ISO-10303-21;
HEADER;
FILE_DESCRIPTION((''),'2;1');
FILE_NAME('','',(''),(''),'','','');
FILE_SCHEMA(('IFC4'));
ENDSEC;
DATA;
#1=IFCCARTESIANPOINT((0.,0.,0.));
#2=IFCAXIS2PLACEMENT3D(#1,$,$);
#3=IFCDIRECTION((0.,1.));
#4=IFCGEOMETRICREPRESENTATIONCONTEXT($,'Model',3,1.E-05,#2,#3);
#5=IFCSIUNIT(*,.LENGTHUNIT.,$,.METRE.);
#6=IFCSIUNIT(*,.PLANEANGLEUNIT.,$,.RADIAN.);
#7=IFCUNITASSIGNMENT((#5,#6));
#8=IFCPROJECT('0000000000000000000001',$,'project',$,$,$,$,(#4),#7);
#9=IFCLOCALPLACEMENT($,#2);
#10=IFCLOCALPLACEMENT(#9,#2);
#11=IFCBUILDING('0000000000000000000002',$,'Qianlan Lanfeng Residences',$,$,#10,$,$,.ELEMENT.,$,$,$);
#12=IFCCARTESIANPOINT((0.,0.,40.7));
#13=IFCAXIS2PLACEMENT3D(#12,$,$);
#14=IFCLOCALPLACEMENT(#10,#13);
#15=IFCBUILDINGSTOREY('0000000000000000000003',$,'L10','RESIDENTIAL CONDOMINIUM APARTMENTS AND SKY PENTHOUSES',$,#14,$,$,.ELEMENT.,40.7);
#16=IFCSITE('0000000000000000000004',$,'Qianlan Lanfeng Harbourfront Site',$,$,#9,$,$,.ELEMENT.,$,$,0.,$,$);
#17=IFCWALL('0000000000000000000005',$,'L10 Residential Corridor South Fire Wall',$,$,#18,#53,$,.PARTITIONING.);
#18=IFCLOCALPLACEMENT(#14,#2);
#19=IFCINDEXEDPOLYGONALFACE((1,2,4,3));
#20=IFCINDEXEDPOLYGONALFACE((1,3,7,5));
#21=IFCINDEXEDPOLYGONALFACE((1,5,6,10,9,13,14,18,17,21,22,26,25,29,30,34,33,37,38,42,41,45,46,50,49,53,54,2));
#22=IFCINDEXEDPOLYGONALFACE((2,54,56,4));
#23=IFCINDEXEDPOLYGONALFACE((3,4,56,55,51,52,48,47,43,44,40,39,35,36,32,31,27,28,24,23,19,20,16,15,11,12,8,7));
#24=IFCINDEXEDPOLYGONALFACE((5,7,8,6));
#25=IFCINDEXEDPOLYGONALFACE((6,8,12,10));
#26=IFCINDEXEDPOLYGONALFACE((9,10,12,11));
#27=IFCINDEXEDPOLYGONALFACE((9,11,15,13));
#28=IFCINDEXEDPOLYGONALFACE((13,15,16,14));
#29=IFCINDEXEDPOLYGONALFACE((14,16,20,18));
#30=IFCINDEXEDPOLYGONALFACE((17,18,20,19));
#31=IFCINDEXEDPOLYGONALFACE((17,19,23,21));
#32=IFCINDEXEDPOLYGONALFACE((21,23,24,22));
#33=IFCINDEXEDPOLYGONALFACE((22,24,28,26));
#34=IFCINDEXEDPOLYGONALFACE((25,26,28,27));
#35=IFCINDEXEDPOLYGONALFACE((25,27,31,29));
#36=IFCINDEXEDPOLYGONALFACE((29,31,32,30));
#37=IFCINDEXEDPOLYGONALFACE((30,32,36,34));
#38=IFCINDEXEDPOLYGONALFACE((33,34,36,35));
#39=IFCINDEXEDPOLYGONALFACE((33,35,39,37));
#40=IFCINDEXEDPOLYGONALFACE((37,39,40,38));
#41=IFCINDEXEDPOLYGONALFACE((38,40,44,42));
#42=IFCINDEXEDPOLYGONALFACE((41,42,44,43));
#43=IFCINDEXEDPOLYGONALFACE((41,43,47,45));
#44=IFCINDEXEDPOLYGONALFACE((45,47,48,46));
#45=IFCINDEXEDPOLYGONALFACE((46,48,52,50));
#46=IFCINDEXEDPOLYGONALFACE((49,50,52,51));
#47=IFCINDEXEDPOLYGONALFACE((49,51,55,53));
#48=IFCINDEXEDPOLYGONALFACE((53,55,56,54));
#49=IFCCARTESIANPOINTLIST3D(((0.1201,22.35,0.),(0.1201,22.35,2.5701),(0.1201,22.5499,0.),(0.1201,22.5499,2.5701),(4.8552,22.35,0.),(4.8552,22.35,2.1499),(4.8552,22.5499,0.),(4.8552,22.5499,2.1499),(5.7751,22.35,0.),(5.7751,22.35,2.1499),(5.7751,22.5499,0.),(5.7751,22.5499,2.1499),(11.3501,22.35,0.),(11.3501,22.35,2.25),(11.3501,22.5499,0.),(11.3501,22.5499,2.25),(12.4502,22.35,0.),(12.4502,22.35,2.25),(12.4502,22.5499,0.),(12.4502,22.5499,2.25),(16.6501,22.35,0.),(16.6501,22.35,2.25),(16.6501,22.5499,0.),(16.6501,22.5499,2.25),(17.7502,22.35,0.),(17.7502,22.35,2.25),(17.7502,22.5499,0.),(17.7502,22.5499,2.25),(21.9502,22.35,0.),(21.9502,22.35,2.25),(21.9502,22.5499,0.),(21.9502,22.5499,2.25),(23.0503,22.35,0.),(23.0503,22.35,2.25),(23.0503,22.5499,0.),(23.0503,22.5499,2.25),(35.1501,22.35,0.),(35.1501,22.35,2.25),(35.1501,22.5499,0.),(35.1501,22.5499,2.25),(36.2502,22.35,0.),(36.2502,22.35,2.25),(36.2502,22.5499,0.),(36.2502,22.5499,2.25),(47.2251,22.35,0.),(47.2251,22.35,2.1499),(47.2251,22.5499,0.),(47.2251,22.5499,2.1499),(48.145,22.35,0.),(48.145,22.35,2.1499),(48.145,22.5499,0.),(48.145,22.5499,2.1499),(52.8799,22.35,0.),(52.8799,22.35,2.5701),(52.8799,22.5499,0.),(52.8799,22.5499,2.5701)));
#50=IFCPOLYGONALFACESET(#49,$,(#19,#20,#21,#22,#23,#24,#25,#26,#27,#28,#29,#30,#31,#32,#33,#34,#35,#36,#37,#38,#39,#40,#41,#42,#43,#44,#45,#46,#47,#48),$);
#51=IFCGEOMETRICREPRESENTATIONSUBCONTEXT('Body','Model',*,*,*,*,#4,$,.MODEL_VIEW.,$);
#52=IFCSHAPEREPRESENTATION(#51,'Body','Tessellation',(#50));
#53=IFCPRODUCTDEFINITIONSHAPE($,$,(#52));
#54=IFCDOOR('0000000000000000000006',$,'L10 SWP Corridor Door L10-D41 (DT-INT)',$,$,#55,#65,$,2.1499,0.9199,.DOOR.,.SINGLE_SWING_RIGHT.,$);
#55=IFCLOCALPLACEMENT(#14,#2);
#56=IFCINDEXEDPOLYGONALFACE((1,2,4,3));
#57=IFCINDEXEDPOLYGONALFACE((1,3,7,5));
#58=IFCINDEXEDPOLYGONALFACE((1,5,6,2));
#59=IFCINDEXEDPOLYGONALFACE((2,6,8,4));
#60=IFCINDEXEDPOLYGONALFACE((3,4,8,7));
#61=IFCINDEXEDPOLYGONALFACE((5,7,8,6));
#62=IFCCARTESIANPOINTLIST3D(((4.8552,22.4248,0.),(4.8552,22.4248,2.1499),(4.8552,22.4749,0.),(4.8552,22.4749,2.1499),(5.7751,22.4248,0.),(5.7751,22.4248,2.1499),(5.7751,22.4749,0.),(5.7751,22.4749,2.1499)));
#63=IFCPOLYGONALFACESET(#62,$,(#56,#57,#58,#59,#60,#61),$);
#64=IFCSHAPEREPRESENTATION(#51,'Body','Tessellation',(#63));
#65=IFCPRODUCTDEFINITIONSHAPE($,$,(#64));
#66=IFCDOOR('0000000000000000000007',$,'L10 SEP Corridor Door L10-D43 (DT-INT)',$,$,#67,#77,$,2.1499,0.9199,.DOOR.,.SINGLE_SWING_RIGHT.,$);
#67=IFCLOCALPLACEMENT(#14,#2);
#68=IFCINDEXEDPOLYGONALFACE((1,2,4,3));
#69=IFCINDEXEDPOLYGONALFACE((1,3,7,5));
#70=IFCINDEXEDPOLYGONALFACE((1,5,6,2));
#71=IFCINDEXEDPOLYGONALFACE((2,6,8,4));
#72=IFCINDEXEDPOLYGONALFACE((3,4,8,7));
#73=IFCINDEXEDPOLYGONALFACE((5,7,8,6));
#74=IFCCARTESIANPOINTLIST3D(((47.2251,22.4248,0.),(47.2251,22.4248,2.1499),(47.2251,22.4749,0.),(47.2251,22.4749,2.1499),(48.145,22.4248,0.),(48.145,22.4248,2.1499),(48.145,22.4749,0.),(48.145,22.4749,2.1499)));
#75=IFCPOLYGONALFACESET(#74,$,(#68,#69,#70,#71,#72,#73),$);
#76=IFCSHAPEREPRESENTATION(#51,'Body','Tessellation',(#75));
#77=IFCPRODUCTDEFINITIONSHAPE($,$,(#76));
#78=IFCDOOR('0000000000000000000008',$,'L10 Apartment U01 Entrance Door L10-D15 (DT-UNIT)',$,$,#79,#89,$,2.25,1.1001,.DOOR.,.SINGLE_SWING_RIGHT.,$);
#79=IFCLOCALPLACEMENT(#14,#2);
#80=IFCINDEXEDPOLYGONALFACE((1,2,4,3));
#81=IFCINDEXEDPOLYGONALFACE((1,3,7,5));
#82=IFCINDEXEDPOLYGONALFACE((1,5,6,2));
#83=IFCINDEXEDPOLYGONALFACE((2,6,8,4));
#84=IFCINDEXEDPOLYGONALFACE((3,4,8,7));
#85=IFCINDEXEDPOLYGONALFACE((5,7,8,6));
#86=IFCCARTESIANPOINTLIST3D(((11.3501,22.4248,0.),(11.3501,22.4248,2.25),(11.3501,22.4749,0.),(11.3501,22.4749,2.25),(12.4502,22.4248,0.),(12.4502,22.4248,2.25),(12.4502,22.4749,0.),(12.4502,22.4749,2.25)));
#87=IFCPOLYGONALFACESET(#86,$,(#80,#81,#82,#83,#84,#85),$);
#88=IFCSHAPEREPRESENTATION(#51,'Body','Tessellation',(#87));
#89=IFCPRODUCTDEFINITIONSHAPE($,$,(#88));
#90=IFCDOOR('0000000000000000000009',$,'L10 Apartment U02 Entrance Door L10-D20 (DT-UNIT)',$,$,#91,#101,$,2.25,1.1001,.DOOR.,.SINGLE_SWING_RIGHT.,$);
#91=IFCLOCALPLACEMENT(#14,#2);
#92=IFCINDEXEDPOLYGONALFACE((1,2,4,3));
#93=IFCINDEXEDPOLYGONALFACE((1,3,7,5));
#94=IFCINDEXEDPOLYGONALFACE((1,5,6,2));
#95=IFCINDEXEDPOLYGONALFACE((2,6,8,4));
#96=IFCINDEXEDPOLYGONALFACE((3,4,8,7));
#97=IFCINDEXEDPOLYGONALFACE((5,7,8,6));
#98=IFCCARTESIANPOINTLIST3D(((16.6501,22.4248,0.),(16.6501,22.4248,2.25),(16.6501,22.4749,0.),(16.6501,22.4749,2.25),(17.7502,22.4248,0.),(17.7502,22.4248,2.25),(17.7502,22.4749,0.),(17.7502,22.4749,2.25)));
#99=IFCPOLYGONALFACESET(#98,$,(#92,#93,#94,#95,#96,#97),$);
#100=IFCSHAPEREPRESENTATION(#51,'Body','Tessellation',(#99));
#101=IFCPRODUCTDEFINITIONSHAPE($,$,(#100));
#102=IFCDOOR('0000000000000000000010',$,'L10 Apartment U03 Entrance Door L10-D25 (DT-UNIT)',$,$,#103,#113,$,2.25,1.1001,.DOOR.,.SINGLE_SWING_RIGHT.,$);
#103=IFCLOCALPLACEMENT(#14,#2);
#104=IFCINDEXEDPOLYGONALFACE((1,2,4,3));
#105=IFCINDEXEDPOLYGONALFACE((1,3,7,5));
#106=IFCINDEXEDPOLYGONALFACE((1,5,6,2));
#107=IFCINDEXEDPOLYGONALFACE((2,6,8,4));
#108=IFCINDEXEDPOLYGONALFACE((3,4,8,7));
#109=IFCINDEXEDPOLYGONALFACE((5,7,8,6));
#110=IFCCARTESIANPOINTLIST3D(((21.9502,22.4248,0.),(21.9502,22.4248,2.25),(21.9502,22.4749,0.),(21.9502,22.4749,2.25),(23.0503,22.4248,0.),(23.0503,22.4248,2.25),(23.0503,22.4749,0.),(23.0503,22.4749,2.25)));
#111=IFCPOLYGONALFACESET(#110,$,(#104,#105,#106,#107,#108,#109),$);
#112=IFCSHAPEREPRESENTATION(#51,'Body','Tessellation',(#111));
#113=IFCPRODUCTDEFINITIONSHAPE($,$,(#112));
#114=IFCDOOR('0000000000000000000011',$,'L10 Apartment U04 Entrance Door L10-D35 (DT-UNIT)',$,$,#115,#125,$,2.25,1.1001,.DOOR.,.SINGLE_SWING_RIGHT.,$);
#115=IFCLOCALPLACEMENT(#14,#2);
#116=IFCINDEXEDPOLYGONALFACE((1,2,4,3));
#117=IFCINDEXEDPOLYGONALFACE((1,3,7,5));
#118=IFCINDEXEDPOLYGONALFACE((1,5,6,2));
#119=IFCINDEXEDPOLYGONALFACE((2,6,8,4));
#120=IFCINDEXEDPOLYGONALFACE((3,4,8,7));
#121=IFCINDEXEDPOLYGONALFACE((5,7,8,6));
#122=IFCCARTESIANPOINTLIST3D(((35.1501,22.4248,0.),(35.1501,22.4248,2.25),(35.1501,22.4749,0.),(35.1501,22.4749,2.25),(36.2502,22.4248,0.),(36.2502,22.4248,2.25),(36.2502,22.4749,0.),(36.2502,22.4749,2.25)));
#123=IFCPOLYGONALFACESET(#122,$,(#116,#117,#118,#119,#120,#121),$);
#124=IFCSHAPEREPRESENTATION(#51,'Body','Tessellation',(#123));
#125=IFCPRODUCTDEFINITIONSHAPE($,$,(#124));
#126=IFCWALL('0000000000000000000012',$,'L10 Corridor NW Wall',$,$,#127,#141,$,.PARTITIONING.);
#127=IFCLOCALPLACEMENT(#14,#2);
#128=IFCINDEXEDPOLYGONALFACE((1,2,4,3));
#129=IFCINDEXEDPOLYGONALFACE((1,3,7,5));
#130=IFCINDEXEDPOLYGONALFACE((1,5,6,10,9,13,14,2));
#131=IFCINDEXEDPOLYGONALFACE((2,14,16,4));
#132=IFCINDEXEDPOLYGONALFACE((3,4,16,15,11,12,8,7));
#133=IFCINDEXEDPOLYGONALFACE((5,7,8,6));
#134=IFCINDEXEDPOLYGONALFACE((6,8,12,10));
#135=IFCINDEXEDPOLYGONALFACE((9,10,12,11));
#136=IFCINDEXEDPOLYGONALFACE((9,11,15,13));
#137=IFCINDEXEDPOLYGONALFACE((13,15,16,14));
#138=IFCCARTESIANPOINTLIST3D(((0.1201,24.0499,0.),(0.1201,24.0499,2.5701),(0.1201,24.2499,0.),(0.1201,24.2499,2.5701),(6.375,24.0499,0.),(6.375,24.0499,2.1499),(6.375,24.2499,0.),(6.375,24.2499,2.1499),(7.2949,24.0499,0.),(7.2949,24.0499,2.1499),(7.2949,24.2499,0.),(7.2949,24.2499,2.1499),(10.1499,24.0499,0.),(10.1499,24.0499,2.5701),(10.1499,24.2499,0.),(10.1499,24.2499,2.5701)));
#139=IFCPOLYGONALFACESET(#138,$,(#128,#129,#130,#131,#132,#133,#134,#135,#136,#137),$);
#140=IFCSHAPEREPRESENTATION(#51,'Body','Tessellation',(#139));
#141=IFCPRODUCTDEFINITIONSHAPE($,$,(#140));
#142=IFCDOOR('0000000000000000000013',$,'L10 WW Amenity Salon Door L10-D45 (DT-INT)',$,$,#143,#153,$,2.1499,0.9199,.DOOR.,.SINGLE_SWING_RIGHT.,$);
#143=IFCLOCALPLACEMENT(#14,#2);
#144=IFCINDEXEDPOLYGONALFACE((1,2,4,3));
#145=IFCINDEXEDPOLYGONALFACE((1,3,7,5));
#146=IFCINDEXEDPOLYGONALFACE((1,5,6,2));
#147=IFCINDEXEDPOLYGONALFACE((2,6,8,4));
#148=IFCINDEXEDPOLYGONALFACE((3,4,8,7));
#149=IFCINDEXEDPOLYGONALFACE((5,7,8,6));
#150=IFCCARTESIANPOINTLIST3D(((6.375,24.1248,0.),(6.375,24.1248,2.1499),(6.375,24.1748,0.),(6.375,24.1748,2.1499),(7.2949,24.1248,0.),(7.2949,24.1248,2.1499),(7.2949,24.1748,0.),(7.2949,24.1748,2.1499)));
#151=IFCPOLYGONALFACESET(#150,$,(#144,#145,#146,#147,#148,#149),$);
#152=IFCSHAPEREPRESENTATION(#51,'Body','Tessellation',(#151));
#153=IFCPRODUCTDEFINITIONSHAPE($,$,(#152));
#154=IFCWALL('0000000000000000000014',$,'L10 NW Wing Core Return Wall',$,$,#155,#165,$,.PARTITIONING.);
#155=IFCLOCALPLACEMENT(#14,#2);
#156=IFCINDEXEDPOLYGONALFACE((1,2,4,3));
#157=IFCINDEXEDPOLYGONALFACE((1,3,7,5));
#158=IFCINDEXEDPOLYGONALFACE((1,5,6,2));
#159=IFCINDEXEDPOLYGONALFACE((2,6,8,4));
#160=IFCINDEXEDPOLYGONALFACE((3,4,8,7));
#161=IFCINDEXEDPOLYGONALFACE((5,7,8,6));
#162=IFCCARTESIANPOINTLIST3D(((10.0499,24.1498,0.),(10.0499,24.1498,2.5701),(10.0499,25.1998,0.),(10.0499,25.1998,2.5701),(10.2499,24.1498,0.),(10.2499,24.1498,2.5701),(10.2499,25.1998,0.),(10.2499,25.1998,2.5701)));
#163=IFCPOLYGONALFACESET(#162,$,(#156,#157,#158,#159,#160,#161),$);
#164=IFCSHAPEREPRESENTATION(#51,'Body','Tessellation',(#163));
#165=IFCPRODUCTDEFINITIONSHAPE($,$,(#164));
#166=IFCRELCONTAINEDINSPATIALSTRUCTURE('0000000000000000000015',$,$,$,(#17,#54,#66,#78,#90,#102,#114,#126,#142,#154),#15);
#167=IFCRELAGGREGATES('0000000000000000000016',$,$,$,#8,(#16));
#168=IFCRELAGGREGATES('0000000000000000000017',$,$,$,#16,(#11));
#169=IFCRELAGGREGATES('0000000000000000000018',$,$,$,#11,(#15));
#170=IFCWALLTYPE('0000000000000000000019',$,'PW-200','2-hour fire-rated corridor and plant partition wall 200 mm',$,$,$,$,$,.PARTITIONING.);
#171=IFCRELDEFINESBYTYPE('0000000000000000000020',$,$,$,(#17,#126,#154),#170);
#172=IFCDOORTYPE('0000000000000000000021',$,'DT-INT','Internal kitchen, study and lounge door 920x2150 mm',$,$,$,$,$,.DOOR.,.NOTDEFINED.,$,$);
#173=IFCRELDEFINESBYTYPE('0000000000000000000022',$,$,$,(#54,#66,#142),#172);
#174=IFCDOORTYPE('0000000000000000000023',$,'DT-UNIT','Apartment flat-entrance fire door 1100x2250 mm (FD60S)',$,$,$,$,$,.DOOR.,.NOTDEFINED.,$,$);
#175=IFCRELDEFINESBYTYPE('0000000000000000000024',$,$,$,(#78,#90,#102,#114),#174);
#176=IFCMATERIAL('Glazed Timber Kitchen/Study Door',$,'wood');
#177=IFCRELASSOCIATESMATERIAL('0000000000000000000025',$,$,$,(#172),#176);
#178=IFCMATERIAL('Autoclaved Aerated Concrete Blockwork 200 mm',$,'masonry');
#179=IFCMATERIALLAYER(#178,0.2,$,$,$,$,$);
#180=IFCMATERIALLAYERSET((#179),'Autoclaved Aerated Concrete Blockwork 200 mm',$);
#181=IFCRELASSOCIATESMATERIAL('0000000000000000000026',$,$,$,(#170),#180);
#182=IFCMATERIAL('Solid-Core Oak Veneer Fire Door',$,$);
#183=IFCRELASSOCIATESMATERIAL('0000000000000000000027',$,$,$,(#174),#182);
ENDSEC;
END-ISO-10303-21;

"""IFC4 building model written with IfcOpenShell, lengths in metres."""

from ifc_helpers import new_model, si_unit, direction, frame, frame_2d, origin, place, context, subcontext, project, spatial, rectangle, extrude, material, layer, layer_set, type_object, element, fill, save


model = new_model("IFC4")

# Units and contexts
model_context = context("Model", 3, precision=1e-05, world=origin(), true_north=direction((0.0, 1.0)))
body_context = subcontext(model_context, "Body", "Model", "MODEL_VIEW")
ifc_project = project(units=[si_unit("LENGTHUNIT", "METRE"), si_unit("PLANEANGLEUNIT", "RADIAN")], contexts=[model_context])

# Site, building, storey
site_placement = place(None, origin())
site = spatial("IfcSite", under=ifc_project, at=site_placement, Name="Qianlan Lanfeng Harbourfront Site", CompositionType="ELEMENT", RefElevation=0.0)
building_placement = place(site_placement, origin())
building = spatial("IfcBuilding", under=site, at=building_placement, Name="Qianlan Lanfeng Residences", CompositionType="ELEMENT")
storey_placement = place(building_placement, frame((0.0, 0.0, 40.7)))
storey = spatial("IfcBuildingStorey", under=building, at=storey_placement, Name="L10", Description="RESIDENTIAL CONDOMINIUM APARTMENTS AND SKY PENTHOUSES", CompositionType="ELEMENT", Elevation=40.7)

# Shared definitions
ifc_material_1 = material(Name="Glazed Timber Kitchen/Study Door", Category="wood")
door_type_1 = type_object("IfcDoorType", Name="DT-INT", Description="Internal kitchen, study and lounge door 920x2150 mm", OperationType="NOTDEFINED", PredefinedType="DOOR", material=ifc_material_1)

# Wall, openings, doors
ifc_material_2 = material(Name="Autoclaved Aerated Concrete Blockwork 200 mm", Category="masonry")
ifc_layer_1 = layer(ifc_material_2, 0.2)
ifc_layer_set_1 = layer_set([ifc_layer_1], Name="Autoclaved Aerated Concrete Blockwork 200 mm")
wall_type_1 = type_object("IfcWallType", Name="PW-200", Description="2-hour fire-rated corridor and plant partition wall 200 mm", PredefinedType="PARTITIONING", material=ifc_layer_set_1)
wall_1_placement = place(storey_placement, frame((0.1201, 22.45, 0.0), z_axis=(0.0, 0.0, 1.0), x_axis=(1.0, 0.0, 0.0)))
wall_1 = element("IfcWall", 1, at=wall_1_placement, inside=storey, type_object=wall_type_1, Name="L10 Residential Corridor South Fire Wall", PredefinedType="PARTITIONING", context=body_context, shape_type="SweptSolid", body=[
    extrude(rectangle(XDim=52.7598, YDim=0.2, at=frame_2d((26.3799, 0.0))), origin(), (0.0, 0.0, 1.0), 2.5701),
])
opening_1_placement = place(wall_1_placement, frame((11.23, 0.0, 0.0)))
opening_1 = element("IfcOpeningElement", 2, at=opening_1_placement, cuts=wall_1, PredefinedType="OPENING", context=body_context, shape_type="SweptSolid", body=[
    extrude(rectangle(XDim=1.1001, YDim=2.25, at=frame_2d((0.55, 1.125))), frame((0.0, 0.1099, 0.0), z_axis=(0.0, -1.0, 0.0), x_axis=(1.0, 0.0, 0.0)), (0.0, 0.0, 1.0), 0.22),
])
opening_2_placement = place(wall_1_placement, frame((16.53, 0.0, 0.0)))
opening_2 = element("IfcOpeningElement", 3, at=opening_2_placement, cuts=wall_1, PredefinedType="OPENING", context=body_context, shape_type="SweptSolid", body=[
    extrude(rectangle(XDim=1.1001, YDim=2.25, at=frame_2d((0.55, 1.125))), frame((0.0, 0.1099, 0.0), z_axis=(0.0, -1.0, 0.0), x_axis=(1.0, 0.0, 0.0)), (0.0, 0.0, 1.0), 0.22),
])
opening_3_placement = place(wall_1_placement, frame((21.8301, 0.0, 0.0)))
opening_3 = element("IfcOpeningElement", 4, at=opening_3_placement, cuts=wall_1, PredefinedType="OPENING", context=body_context, shape_type="SweptSolid", body=[
    extrude(rectangle(XDim=1.1001, YDim=2.25, at=frame_2d((0.55, 1.125))), frame((0.0, 0.1099, 0.0), z_axis=(0.0, -1.0, 0.0), x_axis=(1.0, 0.0, 0.0)), (0.0, 0.0, 1.0), 0.22),
])
opening_4_placement = place(wall_1_placement, frame((35.03, 0.0, 0.0)))
opening_4 = element("IfcOpeningElement", 5, at=opening_4_placement, cuts=wall_1, PredefinedType="OPENING", context=body_context, shape_type="SweptSolid", body=[
    extrude(rectangle(XDim=1.1001, YDim=2.25, at=frame_2d((0.55, 1.125))), frame((0.0, 0.1099, 0.0), z_axis=(0.0, -1.0, 0.0), x_axis=(1.0, 0.0, 0.0)), (0.0, 0.0, 1.0), 0.22),
])
opening_5_placement = place(wall_1_placement, frame((4.7351, 0.0, 0.0)))
opening_5 = element("IfcOpeningElement", 6, at=opening_5_placement, cuts=wall_1, PredefinedType="OPENING", context=body_context, shape_type="SweptSolid", body=[
    extrude(rectangle(XDim=0.9199, YDim=2.1499, at=frame_2d((0.46, 1.075))), frame((0.0, 0.1099, 0.0), z_axis=(0.0, -1.0, 0.0), x_axis=(1.0, 0.0, 0.0)), (0.0, 0.0, 1.0), 0.22),
])
opening_6_placement = place(wall_1_placement, frame((47.105, 0.0, 0.0)))
opening_6 = element("IfcOpeningElement", 7, at=opening_6_placement, cuts=wall_1, PredefinedType="OPENING", context=body_context, shape_type="SweptSolid", body=[
    extrude(rectangle(XDim=0.9199, YDim=2.1499, at=frame_2d((0.46, 1.075))), frame((0.0, 0.1099, 0.0), z_axis=(0.0, -1.0, 0.0), x_axis=(1.0, 0.0, 0.0)), (0.0, 0.0, 1.0), 0.22),
])
door_1_placement = place(opening_5_placement, origin())
door_1 = element("IfcDoor", 8, at=door_1_placement, inside=storey, type_object=door_type_1, Name="L10 SWP Corridor Door L10-D41 (DT-INT)", OperationType="SINGLE_SWING_RIGHT", OverallHeight=2.1499, OverallWidth=0.9199, PredefinedType="DOOR", context=body_context, shape_type="SweptSolid", body=[
    extrude(rectangle(XDim=0.9199, YDim=2.1499, at=frame_2d((0.46, 1.075))), frame((0.0, 0.0249, 0.0), z_axis=(0.0, -1.0, 0.0), x_axis=(1.0, 0.0, 0.0)), (0.0, 0.0, 1.0), 0.05),
])
fill(opening_5, door_1)
door_2_placement = place(opening_6_placement, origin())
door_2 = element("IfcDoor", 9, at=door_2_placement, inside=storey, type_object=door_type_1, Name="L10 SEP Corridor Door L10-D43 (DT-INT)", OperationType="SINGLE_SWING_RIGHT", OverallHeight=2.1499, OverallWidth=0.9199, PredefinedType="DOOR", context=body_context, shape_type="SweptSolid", body=[
    extrude(rectangle(XDim=0.9199, YDim=2.1499, at=frame_2d((0.46, 1.075))), frame((0.0, 0.0249, 0.0), z_axis=(0.0, -1.0, 0.0), x_axis=(1.0, 0.0, 0.0)), (0.0, 0.0, 1.0), 0.05),
])
fill(opening_6, door_2)
ifc_material_3 = material(Name="Solid-Core Oak Veneer Fire Door")
door_type_2 = type_object("IfcDoorType", Name="DT-UNIT", Description="Apartment flat-entrance fire door 1100x2250 mm (FD60S)", OperationType="NOTDEFINED", PredefinedType="DOOR", material=ifc_material_3)
door_3_placement = place(opening_1_placement, origin())
door_3 = element("IfcDoor", 10, at=door_3_placement, inside=storey, type_object=door_type_2, Name="L10 Apartment U01 Entrance Door L10-D15 (DT-UNIT)", OperationType="SINGLE_SWING_RIGHT", OverallHeight=2.25, OverallWidth=1.1001, PredefinedType="DOOR", context=body_context, shape_type="SweptSolid", body=[
    extrude(rectangle(XDim=1.1001, YDim=2.25, at=frame_2d((0.55, 1.125))), frame((0.0, 0.0249, 0.0), z_axis=(0.0, -1.0, 0.0), x_axis=(1.0, 0.0, 0.0)), (0.0, 0.0, 1.0), 0.05),
])
fill(opening_1, door_3)
door_4_placement = place(opening_2_placement, origin())
door_4 = element("IfcDoor", 11, at=door_4_placement, inside=storey, type_object=door_type_2, Name="L10 Apartment U02 Entrance Door L10-D20 (DT-UNIT)", OperationType="SINGLE_SWING_RIGHT", OverallHeight=2.25, OverallWidth=1.1001, PredefinedType="DOOR", context=body_context, shape_type="SweptSolid", body=[
    extrude(rectangle(XDim=1.1001, YDim=2.25, at=frame_2d((0.55, 1.125))), frame((0.0, 0.0249, 0.0), z_axis=(0.0, -1.0, 0.0), x_axis=(1.0, 0.0, 0.0)), (0.0, 0.0, 1.0), 0.05),
])
fill(opening_2, door_4)
door_5_placement = place(opening_3_placement, origin())
door_5 = element("IfcDoor", 12, at=door_5_placement, inside=storey, type_object=door_type_2, Name="L10 Apartment U03 Entrance Door L10-D25 (DT-UNIT)", OperationType="SINGLE_SWING_RIGHT", OverallHeight=2.25, OverallWidth=1.1001, PredefinedType="DOOR", context=body_context, shape_type="SweptSolid", body=[
    extrude(rectangle(XDim=1.1001, YDim=2.25, at=frame_2d((0.55, 1.125))), frame((0.0, 0.0249, 0.0), z_axis=(0.0, -1.0, 0.0), x_axis=(1.0, 0.0, 0.0)), (0.0, 0.0, 1.0), 0.05),
])
fill(opening_3, door_5)
door_6_placement = place(opening_4_placement, origin())
door_6 = element("IfcDoor", 13, at=door_6_placement, inside=storey, type_object=door_type_2, Name="L10 Apartment U04 Entrance Door L10-D35 (DT-UNIT)", OperationType="SINGLE_SWING_RIGHT", OverallHeight=2.25, OverallWidth=1.1001, PredefinedType="DOOR", context=body_context, shape_type="SweptSolid", body=[
    extrude(rectangle(XDim=1.1001, YDim=2.25, at=frame_2d((0.55, 1.125))), frame((0.0, 0.0249, 0.0), z_axis=(0.0, -1.0, 0.0), x_axis=(1.0, 0.0, 0.0)), (0.0, 0.0, 1.0), 0.05),
])
fill(opening_4, door_6)

# Wall, opening, door
wall_2_placement = place(storey_placement, frame((0.1201, 24.1499, 0.0), z_axis=(0.0, 0.0, 1.0), x_axis=(1.0, 0.0, 0.0)))
wall_2 = element("IfcWall", 14, at=wall_2_placement, inside=storey, type_object=wall_type_1, Name="L10 Corridor NW Wall", PredefinedType="PARTITIONING", context=body_context, shape_type="SweptSolid", body=[
    extrude(rectangle(XDim=10.0298, YDim=0.2, at=frame_2d((5.0149, 0.0))), origin(), (0.0, 0.0, 1.0), 2.5701),
])
opening_7_placement = place(wall_2_placement, frame((6.2549, 0.0, 0.0)))
opening_7 = element("IfcOpeningElement", 15, at=opening_7_placement, cuts=wall_2, PredefinedType="OPENING", context=body_context, shape_type="SweptSolid", body=[
    extrude(rectangle(XDim=0.9199, YDim=2.1499, at=frame_2d((0.46, 1.075))), frame((0.0, 0.1099, 0.0), z_axis=(0.0, -1.0, 0.0), x_axis=(1.0, 0.0, 0.0)), (0.0, 0.0, 1.0), 0.22),
])
door_7_placement = place(opening_7_placement, origin())
door_7 = element("IfcDoor", 16, at=door_7_placement, inside=storey, type_object=door_type_1, Name="L10 WW Amenity Salon Door L10-D45 (DT-INT)", OperationType="SINGLE_SWING_RIGHT", OverallHeight=2.1499, OverallWidth=0.9199, PredefinedType="DOOR", context=body_context, shape_type="SweptSolid", body=[
    extrude(rectangle(XDim=0.9199, YDim=2.1499, at=frame_2d((0.46, 1.075))), frame((0.0, 0.0249, 0.0), z_axis=(0.0, -1.0, 0.0), x_axis=(1.0, 0.0, 0.0)), (0.0, 0.0, 1.0), 0.05),
])
fill(opening_7, door_7)

# Wall
wall_3_placement = place(storey_placement, frame((10.1499, 24.1499, 0.0), z_axis=(0.0, 0.0, 1.0), x_axis=(0.0, 1.0, 0.0)))
element("IfcWall", 17, at=wall_3_placement, inside=storey, type_object=wall_type_1, Name="L10 NW Wing Core Return Wall", PredefinedType="PARTITIONING", context=body_context, shape_type="SweptSolid", body=[
    extrude(rectangle(XDim=1.05, YDim=0.2, at=frame_2d((0.5249, 0.0))), origin(), (0.0, 0.0, 1.0), 2.5701),
])

save(model, "model.ifc")
